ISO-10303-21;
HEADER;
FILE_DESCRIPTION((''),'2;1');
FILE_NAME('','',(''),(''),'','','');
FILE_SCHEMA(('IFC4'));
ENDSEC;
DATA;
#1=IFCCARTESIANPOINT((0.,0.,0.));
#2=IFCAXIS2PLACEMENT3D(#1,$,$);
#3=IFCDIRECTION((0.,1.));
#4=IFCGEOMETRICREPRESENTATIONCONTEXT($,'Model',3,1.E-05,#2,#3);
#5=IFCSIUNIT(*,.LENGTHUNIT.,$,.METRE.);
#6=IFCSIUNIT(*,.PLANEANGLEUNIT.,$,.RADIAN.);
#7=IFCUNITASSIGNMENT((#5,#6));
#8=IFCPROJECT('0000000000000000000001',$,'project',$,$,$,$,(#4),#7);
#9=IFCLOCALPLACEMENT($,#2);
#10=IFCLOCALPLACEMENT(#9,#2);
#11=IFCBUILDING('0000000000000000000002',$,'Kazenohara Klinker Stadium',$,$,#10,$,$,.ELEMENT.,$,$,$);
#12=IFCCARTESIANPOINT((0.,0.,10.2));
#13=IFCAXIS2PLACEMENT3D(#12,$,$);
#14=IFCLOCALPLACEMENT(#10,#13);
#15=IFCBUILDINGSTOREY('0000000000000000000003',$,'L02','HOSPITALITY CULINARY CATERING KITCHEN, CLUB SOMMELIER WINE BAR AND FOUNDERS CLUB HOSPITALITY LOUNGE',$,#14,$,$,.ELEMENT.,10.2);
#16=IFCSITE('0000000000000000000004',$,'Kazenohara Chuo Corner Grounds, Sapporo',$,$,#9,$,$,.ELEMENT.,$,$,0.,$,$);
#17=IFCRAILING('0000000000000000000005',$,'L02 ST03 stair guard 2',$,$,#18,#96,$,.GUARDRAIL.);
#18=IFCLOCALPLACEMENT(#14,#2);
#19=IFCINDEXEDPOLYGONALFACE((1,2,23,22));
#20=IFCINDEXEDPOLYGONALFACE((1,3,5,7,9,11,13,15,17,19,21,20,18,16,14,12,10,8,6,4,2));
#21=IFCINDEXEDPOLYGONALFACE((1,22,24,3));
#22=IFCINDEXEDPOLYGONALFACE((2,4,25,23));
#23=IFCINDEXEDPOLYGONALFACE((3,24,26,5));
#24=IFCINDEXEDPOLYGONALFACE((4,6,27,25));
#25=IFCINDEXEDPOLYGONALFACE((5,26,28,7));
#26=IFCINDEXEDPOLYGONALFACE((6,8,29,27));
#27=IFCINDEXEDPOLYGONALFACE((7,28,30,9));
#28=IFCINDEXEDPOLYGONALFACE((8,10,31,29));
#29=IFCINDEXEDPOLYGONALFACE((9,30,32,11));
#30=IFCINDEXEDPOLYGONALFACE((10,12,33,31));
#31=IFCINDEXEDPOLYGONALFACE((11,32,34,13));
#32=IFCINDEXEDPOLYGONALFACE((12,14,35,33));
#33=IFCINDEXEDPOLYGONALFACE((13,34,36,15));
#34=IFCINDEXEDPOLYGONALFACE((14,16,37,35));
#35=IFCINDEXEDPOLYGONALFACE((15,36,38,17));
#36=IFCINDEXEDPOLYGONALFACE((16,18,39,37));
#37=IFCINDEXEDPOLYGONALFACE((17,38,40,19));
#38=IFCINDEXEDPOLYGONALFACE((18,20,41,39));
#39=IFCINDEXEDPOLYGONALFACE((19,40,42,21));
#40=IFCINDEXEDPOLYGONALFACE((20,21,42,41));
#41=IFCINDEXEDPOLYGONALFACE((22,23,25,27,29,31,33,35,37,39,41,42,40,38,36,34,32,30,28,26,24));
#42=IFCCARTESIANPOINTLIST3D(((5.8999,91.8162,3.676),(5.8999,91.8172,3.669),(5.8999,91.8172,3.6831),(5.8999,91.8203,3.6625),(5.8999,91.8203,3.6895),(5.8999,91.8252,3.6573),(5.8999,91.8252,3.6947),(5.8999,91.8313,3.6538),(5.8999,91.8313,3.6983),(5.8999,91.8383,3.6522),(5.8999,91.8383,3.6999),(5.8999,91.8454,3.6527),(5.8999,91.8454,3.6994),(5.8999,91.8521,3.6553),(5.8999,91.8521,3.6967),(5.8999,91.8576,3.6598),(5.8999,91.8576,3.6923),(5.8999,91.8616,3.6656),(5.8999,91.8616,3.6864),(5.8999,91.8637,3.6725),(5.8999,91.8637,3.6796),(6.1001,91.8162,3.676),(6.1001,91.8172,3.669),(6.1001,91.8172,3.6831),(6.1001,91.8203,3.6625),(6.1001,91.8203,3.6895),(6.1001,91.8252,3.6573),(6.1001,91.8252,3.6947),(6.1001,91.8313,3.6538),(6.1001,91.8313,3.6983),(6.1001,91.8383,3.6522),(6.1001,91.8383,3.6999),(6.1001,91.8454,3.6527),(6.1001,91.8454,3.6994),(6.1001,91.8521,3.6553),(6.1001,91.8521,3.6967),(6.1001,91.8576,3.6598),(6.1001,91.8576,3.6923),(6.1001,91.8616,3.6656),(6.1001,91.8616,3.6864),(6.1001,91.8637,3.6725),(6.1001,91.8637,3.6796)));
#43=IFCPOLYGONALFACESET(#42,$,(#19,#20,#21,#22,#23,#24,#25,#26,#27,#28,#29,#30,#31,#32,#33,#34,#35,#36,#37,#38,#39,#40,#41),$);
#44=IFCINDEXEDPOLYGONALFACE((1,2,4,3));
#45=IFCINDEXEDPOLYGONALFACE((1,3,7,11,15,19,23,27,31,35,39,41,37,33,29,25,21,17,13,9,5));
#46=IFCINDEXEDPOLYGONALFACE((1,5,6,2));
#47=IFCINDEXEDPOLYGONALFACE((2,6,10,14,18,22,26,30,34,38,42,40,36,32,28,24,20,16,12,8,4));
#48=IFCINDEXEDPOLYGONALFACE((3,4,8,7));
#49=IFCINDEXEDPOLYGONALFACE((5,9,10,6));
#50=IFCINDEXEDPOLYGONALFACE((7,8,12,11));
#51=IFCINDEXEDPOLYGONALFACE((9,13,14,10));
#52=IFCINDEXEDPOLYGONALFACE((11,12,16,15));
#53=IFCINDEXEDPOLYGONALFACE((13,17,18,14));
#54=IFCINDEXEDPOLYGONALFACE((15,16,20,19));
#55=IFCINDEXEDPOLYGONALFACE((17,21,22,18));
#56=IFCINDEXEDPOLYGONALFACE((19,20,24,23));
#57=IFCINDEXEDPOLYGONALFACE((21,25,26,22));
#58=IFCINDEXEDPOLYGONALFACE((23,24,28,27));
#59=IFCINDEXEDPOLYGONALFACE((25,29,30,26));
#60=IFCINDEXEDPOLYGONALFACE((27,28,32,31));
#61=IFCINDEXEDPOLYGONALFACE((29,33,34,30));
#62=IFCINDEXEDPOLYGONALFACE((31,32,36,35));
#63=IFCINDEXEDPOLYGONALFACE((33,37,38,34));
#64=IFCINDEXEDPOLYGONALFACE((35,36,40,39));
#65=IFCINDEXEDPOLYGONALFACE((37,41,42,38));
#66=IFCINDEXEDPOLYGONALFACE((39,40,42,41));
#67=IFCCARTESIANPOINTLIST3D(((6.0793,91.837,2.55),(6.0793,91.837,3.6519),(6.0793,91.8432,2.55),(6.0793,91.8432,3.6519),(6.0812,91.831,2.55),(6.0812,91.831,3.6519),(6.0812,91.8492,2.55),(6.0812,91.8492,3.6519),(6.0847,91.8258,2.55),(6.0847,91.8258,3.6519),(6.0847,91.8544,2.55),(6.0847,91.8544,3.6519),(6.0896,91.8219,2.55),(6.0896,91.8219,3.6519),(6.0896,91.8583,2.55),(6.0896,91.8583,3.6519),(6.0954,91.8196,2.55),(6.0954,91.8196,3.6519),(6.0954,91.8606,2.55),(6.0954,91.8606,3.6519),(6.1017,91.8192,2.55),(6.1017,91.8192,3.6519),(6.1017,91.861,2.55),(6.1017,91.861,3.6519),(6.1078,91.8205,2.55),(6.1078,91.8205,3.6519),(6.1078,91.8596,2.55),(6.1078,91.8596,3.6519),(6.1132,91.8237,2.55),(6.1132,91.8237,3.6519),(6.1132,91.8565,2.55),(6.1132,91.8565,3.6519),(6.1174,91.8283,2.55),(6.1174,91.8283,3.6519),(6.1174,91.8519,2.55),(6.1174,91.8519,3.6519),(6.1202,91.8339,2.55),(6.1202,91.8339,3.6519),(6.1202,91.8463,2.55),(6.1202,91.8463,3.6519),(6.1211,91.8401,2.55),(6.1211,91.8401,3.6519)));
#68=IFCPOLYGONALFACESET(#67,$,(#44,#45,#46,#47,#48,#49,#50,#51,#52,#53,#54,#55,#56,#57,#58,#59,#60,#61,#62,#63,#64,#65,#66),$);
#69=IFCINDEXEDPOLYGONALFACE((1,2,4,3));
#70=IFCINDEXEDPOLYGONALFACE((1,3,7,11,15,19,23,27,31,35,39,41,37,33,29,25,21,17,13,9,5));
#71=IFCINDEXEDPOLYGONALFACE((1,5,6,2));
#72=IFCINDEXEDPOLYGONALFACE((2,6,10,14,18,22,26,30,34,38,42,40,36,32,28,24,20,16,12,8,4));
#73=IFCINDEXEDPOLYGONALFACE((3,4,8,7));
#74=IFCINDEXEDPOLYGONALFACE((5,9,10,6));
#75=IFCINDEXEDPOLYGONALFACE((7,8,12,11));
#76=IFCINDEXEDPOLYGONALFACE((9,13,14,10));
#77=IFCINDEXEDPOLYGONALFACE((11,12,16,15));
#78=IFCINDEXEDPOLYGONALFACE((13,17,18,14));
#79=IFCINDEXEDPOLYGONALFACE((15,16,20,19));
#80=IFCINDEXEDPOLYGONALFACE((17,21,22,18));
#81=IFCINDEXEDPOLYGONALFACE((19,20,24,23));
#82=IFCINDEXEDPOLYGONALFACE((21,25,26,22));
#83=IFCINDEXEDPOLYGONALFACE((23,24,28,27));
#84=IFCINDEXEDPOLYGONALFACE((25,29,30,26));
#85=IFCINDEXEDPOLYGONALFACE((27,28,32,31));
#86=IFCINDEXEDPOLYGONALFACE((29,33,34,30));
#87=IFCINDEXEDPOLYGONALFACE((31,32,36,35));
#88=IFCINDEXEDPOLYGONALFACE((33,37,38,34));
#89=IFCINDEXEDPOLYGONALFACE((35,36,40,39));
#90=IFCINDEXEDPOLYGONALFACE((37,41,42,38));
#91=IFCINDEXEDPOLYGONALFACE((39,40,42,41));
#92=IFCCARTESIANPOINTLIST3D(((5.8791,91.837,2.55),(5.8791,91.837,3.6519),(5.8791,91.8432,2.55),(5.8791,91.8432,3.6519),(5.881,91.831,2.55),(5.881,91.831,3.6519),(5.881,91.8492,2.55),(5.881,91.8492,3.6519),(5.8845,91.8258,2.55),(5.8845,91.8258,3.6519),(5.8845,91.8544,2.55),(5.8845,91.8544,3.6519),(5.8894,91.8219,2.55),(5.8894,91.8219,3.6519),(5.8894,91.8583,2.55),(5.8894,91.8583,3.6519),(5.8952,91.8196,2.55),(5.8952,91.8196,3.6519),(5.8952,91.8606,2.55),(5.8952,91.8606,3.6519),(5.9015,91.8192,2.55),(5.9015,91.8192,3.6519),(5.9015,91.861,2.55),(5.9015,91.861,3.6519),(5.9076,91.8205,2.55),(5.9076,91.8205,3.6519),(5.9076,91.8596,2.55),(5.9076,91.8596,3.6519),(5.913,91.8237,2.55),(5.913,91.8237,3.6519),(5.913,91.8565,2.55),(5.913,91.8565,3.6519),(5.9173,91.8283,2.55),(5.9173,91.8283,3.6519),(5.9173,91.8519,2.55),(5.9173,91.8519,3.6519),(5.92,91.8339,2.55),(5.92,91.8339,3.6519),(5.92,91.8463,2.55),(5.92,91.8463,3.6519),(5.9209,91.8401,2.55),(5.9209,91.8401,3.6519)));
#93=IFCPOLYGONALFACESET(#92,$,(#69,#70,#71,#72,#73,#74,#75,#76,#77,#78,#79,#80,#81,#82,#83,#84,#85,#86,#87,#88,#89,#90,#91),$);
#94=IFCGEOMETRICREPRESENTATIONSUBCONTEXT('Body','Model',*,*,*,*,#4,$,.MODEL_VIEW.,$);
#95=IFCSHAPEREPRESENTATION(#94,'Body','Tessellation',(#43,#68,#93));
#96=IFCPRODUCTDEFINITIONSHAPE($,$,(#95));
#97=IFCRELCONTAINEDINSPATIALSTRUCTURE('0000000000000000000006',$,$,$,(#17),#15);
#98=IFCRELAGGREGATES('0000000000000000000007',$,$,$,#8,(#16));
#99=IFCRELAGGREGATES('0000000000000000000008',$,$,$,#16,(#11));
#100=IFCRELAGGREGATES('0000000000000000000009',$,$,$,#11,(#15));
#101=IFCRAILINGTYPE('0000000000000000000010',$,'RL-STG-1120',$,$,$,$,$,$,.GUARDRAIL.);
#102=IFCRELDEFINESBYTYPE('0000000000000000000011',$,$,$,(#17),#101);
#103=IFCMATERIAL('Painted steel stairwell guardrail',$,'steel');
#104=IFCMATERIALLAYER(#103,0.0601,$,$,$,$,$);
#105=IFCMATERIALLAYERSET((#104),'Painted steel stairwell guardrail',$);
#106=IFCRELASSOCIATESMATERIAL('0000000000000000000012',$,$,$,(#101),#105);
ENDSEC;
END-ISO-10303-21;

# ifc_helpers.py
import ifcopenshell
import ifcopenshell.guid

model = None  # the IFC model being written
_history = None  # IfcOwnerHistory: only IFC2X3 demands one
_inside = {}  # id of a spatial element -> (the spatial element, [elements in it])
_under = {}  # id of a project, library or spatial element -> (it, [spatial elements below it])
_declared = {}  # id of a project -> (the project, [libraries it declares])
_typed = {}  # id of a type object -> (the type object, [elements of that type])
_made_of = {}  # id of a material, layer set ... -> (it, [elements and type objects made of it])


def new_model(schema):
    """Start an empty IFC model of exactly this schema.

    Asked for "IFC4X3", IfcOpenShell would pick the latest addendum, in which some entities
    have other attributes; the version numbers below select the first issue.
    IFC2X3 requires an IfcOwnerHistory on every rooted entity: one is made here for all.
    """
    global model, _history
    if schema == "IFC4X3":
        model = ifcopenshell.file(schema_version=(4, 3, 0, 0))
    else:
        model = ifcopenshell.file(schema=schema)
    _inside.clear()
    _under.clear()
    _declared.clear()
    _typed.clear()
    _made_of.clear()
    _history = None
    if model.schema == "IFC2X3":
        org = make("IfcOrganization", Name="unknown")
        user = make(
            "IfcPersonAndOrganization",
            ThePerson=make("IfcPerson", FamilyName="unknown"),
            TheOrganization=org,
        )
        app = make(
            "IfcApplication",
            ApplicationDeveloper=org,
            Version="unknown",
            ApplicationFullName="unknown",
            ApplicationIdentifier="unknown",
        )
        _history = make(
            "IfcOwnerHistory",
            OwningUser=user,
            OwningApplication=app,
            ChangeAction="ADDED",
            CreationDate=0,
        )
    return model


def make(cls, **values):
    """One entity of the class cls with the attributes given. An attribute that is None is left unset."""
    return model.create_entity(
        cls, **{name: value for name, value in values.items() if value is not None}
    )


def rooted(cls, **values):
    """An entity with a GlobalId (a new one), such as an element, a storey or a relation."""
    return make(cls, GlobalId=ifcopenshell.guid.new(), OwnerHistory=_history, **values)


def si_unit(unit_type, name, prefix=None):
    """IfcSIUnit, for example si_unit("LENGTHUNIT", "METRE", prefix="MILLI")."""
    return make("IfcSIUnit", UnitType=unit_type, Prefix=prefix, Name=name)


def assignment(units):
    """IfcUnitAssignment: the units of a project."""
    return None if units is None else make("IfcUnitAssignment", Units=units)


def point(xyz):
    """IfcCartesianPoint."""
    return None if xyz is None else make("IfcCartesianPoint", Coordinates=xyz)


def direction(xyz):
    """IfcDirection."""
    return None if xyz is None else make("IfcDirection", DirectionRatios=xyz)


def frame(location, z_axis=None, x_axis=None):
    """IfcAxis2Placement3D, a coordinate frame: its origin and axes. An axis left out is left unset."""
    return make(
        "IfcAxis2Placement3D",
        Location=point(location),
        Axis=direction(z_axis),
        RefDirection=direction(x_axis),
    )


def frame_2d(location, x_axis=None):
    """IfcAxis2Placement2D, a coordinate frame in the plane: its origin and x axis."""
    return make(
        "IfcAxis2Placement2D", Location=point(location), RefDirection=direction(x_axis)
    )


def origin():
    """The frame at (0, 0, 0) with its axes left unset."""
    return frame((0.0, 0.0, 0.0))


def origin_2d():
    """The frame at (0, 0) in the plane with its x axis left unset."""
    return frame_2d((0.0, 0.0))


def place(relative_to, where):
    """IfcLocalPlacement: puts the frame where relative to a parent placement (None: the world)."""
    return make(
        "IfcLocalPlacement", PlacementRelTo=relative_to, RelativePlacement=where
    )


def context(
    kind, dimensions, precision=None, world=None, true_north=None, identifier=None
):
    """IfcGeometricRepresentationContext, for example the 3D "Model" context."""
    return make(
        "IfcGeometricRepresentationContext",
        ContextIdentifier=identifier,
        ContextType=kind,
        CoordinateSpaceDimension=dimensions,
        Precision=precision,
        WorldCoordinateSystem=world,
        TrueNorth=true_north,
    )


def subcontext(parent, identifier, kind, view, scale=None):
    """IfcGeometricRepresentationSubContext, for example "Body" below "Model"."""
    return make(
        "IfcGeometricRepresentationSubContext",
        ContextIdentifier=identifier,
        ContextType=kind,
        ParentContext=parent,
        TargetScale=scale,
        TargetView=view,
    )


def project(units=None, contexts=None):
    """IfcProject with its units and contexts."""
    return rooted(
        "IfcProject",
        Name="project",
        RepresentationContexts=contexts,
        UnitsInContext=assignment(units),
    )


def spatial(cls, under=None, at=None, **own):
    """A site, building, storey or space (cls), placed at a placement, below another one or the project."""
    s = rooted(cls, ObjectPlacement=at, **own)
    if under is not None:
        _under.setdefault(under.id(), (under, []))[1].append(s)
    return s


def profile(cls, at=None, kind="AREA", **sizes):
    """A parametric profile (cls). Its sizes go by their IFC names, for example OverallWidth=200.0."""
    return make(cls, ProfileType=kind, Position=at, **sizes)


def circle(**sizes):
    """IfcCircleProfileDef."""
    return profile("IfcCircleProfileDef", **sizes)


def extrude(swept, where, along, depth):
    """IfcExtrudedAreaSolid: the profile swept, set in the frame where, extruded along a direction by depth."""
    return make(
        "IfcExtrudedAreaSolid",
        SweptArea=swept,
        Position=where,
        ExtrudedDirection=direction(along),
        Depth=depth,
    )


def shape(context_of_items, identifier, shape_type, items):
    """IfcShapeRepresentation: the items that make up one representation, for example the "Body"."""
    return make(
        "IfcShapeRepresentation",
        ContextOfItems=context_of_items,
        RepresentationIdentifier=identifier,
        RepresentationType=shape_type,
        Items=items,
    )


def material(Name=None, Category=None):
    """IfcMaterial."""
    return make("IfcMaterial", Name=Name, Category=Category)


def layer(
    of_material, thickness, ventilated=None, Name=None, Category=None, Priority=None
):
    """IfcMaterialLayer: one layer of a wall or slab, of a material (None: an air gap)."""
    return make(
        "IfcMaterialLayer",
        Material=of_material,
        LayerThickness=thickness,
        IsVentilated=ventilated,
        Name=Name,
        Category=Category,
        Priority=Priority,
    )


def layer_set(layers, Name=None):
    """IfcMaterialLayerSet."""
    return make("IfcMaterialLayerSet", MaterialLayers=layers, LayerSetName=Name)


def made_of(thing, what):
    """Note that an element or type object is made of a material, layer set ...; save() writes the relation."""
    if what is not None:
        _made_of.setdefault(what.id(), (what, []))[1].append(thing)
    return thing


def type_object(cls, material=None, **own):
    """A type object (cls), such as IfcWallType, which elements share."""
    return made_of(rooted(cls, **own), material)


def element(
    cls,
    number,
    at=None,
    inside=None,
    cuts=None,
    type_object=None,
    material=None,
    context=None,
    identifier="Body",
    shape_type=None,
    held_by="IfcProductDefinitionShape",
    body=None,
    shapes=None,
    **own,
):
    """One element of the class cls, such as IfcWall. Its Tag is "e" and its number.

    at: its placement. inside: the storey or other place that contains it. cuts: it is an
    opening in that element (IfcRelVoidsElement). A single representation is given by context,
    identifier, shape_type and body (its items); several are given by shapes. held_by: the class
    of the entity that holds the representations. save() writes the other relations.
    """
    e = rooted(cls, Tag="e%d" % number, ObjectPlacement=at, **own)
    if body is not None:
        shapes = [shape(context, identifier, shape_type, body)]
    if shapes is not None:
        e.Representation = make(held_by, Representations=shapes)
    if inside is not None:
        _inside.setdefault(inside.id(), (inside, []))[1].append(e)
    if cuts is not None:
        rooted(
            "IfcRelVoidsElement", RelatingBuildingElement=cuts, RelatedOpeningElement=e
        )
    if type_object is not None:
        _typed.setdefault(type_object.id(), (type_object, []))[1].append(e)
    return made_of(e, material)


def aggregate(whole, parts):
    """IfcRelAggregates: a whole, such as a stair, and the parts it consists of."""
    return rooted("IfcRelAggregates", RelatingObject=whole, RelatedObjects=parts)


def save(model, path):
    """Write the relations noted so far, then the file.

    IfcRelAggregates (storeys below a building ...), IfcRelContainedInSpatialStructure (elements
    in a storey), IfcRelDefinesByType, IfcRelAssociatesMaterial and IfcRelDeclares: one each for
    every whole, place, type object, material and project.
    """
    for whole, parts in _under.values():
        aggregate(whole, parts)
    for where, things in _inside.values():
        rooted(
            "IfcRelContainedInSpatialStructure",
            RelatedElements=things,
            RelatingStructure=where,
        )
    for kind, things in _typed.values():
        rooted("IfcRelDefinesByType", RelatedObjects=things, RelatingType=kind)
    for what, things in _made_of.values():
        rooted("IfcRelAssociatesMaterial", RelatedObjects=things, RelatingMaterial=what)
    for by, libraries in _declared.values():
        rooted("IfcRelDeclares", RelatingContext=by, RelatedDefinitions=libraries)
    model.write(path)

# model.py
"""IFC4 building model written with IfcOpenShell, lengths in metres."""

from ifc_helpers import new_model, si_unit, direction, frame, origin, origin_2d, place, context, subcontext, project, spatial, circle, extrude, material, layer, layer_set, type_object, element, save


model = new_model("IFC4")

# Units and contexts
model_context = context("Model", 3, precision=1e-05, world=origin(), true_north=direction((0.0, 1.0)))
body_context = subcontext(model_context, "Body", "Model", "MODEL_VIEW")
ifc_project = project(units=[si_unit("LENGTHUNIT", "METRE"), si_unit("PLANEANGLEUNIT", "RADIAN")], contexts=[model_context])

# Site, building, storey
site_placement = place(None, origin())
site = spatial("IfcSite", under=ifc_project, at=site_placement, Name="Kazenohara Chuo Corner Grounds, Sapporo", CompositionType="ELEMENT", RefElevation=0.0)
building_placement = place(site_placement, origin())
building = spatial("IfcBuilding", under=site, at=building_placement, Name="Kazenohara Klinker Stadium", CompositionType="ELEMENT")
storey_placement = place(building_placement, frame((0.0, 0.0, 10.2)))
storey = spatial("IfcBuildingStorey", under=building, at=storey_placement, Name="L02", Description="HOSPITALITY CULINARY CATERING KITCHEN, CLUB SOMMELIER WINE BAR AND FOUNDERS CLUB HOSPITALITY LOUNGE", CompositionType="ELEMENT", Elevation=10.2)

# Railing
ifc_material_1 = material(Name="Painted steel stairwell guardrail", Category="steel")
ifc_layer_1 = layer(ifc_material_1, 0.0601)
ifc_layer_set_1 = layer_set([ifc_layer_1], Name="Painted steel stairwell guardrail")
railing_type_1 = type_object("IfcRailingType", Name="RL-STG-1120", PredefinedType="GUARDRAIL", material=ifc_layer_set_1)
railing_1_placement = place(storey_placement, frame((6.1001, 91.8401, 2.55)))
element("IfcRailing", 1, at=railing_1_placement, inside=storey, type_object=railing_type_1, Name="L02 ST03 stair guard 2", PredefinedType="GUARDRAIL", context=body_context, shape_type="SweptSolid", body=[
    extrude(circle(Radius=0.0239, at=origin_2d()), frame((0.0, 0.0, 1.126), z_axis=(-1.0, 0.0, 0.0), x_axis=(0.0, -1.0, 0.0)), (0.0, 0.0, 1.0), 0.2002),
    extrude(circle(Radius=0.021, at=origin_2d()), origin(), (0.0, 0.0, 1.0), 1.1018),
    extrude(circle(Radius=0.021, at=origin_2d()), frame((-0.2002, 0.0, 0.0)), (0.0, 0.0, 1.0), 1.1018),
])

save(model, "model.ifc")
